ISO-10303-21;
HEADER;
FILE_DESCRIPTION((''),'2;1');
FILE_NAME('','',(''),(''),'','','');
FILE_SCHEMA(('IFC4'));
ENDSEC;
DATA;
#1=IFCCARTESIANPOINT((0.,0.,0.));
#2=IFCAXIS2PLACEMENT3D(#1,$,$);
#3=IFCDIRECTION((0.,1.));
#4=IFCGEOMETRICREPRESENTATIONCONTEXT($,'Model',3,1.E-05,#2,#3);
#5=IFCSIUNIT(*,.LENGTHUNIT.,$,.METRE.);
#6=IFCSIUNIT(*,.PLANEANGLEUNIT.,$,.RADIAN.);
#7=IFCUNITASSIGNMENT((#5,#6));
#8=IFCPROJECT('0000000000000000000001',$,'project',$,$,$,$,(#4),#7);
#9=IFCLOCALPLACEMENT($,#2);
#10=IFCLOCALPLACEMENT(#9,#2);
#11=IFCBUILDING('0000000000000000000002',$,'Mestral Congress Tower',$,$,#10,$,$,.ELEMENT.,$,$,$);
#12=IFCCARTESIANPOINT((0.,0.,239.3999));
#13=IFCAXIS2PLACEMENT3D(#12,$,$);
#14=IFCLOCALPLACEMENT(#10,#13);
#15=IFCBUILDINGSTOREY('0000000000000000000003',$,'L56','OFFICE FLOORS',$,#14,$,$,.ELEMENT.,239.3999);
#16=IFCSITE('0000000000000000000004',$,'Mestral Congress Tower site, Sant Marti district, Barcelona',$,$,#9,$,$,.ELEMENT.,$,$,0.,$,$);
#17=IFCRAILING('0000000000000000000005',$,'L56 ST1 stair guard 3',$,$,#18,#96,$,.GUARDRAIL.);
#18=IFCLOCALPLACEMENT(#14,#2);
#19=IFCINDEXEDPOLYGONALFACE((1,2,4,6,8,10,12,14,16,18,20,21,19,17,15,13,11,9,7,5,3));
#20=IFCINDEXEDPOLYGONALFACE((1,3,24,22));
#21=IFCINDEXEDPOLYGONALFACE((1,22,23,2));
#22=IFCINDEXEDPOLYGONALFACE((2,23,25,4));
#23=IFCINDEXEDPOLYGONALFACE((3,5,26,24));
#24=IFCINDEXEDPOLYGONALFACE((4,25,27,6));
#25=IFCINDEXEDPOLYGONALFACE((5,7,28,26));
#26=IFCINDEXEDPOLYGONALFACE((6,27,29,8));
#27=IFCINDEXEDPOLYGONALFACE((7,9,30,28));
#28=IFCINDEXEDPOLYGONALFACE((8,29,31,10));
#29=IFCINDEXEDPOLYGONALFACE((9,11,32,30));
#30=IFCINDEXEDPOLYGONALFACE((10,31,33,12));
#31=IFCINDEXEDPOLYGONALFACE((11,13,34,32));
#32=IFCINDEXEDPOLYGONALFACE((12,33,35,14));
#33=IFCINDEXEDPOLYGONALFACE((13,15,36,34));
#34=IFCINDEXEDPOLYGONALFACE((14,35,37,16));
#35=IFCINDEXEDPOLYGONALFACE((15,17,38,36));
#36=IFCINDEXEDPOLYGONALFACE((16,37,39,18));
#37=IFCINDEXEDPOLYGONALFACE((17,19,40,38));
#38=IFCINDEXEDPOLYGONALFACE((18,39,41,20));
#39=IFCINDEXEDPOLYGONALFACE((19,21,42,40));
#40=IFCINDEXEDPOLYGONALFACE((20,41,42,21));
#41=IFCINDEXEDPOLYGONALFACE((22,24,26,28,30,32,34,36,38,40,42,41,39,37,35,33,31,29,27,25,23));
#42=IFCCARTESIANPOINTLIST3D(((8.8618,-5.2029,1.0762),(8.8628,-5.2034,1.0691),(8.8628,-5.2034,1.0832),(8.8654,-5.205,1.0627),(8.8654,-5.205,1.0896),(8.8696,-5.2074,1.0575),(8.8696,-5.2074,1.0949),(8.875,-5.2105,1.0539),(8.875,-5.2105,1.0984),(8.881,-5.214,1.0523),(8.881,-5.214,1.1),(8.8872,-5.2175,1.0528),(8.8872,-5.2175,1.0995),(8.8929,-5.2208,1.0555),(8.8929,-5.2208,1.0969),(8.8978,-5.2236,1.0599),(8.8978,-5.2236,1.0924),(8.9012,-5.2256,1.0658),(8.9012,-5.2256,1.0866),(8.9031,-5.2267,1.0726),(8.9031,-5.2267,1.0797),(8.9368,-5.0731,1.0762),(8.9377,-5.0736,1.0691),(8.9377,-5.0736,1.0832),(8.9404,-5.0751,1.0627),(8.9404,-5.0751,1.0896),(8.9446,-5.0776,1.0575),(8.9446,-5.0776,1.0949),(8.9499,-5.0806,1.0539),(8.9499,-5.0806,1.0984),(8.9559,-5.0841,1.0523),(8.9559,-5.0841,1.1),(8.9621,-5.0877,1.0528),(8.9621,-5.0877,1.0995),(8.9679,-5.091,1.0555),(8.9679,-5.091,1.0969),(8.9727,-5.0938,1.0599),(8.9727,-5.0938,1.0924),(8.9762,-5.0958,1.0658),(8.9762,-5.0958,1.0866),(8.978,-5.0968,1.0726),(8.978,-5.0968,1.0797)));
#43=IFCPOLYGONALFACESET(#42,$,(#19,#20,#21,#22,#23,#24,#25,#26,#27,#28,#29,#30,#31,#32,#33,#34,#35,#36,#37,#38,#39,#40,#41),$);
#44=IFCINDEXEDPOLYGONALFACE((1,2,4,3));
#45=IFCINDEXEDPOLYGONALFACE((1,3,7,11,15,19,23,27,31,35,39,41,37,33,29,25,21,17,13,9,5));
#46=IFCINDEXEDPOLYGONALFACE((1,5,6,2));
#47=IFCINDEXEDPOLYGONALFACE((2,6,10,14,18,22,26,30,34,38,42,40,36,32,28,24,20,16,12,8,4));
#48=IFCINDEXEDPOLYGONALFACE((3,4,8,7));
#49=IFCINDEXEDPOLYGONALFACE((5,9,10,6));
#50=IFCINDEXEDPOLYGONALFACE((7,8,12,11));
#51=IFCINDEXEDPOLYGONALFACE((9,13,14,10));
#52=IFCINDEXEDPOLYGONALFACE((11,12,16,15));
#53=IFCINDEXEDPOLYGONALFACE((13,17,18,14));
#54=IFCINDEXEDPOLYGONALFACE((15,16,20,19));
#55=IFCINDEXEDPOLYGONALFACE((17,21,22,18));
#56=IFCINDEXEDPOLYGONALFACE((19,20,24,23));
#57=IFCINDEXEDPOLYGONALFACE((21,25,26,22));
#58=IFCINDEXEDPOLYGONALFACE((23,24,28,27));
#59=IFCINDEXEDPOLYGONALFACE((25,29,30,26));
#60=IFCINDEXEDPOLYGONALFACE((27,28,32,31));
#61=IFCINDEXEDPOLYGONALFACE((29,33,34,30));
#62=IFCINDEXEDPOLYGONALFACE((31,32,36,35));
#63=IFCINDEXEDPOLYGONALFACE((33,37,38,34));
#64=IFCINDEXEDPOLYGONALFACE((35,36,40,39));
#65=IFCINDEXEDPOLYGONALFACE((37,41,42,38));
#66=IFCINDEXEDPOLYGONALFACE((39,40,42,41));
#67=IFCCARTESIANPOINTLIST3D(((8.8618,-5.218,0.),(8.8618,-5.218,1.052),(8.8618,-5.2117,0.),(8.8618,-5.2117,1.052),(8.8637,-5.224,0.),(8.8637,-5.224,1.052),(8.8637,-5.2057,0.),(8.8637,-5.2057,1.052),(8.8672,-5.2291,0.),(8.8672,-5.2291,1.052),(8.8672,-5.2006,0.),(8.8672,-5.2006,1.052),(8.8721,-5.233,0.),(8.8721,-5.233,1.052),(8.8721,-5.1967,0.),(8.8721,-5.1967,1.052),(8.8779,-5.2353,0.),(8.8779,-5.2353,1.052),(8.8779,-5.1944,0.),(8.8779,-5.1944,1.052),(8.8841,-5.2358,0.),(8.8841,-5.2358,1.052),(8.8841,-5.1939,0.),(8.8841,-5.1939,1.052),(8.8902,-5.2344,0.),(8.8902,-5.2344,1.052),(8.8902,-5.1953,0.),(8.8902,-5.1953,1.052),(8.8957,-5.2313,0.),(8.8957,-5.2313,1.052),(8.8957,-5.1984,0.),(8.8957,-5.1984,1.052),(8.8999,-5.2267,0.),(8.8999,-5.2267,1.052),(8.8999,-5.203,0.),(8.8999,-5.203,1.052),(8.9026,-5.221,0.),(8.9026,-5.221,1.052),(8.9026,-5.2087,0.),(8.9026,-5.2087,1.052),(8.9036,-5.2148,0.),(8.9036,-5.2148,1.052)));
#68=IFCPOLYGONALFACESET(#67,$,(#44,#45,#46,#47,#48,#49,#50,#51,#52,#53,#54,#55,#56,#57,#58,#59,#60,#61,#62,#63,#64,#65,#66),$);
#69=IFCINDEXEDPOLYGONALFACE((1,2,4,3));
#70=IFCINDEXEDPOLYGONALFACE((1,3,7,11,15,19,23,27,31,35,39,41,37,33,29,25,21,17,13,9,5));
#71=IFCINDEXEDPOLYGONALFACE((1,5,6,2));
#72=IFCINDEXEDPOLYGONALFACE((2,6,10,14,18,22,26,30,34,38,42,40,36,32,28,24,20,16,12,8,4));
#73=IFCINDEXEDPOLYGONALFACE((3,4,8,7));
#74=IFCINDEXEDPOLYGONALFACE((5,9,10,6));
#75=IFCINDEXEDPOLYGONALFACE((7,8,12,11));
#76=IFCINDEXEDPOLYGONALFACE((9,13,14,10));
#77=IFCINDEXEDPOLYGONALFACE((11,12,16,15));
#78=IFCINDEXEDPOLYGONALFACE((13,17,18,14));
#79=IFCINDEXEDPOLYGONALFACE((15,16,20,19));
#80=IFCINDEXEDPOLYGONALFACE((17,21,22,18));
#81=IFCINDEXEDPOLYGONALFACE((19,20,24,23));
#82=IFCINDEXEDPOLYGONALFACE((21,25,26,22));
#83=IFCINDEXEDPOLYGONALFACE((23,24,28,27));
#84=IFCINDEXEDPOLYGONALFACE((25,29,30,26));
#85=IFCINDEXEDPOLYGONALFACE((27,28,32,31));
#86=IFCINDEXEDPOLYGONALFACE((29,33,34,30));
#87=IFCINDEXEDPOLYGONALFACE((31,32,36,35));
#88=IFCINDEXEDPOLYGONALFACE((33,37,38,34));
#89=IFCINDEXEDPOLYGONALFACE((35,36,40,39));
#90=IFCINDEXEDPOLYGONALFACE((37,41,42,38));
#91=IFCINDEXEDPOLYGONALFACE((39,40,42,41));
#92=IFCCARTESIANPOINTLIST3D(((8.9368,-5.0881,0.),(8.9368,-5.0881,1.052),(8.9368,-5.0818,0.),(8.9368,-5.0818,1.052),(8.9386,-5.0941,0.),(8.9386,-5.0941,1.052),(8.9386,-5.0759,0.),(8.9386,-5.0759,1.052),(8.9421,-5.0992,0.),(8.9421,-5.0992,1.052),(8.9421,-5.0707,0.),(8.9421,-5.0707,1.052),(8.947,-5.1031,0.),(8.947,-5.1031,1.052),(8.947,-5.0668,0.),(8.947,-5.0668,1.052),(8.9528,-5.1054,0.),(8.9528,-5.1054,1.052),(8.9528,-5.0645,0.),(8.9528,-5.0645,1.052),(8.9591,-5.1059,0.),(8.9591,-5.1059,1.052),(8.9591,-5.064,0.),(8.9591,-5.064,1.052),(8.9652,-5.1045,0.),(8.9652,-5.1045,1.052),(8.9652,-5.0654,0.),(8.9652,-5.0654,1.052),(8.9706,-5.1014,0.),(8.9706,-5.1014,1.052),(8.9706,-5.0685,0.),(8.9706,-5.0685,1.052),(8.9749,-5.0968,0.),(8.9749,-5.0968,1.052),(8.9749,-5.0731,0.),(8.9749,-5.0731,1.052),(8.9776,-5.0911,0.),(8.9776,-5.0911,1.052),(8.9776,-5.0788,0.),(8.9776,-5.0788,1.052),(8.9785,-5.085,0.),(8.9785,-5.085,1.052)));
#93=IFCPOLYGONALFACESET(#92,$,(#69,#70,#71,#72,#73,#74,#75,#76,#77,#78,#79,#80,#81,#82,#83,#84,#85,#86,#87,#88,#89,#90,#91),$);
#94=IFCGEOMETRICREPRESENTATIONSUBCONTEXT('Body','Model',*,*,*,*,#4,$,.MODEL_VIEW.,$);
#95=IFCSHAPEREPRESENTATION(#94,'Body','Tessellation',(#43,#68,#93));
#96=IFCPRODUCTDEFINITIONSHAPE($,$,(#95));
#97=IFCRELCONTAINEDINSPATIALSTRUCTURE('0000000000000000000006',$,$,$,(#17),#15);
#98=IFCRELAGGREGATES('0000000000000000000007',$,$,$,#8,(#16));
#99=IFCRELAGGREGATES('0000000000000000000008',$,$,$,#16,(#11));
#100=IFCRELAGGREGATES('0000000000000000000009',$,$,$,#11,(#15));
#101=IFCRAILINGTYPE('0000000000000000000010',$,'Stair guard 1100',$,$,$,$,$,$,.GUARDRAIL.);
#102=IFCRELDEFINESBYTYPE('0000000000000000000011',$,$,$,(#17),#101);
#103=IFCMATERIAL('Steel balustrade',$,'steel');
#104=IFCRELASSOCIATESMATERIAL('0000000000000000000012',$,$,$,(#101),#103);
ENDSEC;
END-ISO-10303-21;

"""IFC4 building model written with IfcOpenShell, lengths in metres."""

from ifc_helpers import new_model, si_unit, direction, frame, origin, origin_2d, place, context, subcontext, project, spatial, circle, extrude, material, type_object, element, save


model = new_model("IFC4")

# Units and contexts
model_context = context("Model", 3, precision=1e-05, world=origin(), true_north=direction((0.0, 1.0)))
body_context = subcontext(model_context, "Body", "Model", "MODEL_VIEW")
ifc_project = project(units=[si_unit("LENGTHUNIT", "METRE"), si_unit("PLANEANGLEUNIT", "RADIAN")], contexts=[model_context])

# Site, building, storey
site_placement = place(None, origin())
site = spatial("IfcSite", under=ifc_project, at=site_placement, Name="Mestral Congress Tower site, Sant Marti district, Barcelona", CompositionType="ELEMENT", RefElevation=0.0)
building_placement = place(site_placement, origin())
building = spatial("IfcBuilding", under=site, at=building_placement, Name="Mestral Congress Tower", CompositionType="ELEMENT")
storey_placement = place(building_placement, frame((0.0, 0.0, 239.3999)))
storey = spatial("IfcBuildingStorey", under=building, at=storey_placement, Name="L56", Description="OFFICE FLOORS", CompositionType="ELEMENT", Elevation=239.3999)

# Railing
ifc_material_1 = material(Name="Steel balustrade", Category="steel")
railing_type_1 = type_object("IfcRailingType", Name="Stair guard 1100", PredefinedType="GUARDRAIL", material=ifc_material_1)
railing_1_placement = place(storey_placement, frame((8.8826, -5.2148, 0.0)))
element("IfcRailing", 1, at=railing_1_placement, inside=storey, type_object=railing_type_1, Name="L56 ST1 stair guard 3", PredefinedType="GUARDRAIL", context=body_context, shape_type="SweptSolid", body=[
    extrude(circle(Radius=0.0239, at=origin_2d()), frame((0.0, 0.0, 1.0762), z_axis=(0.499816, 0.866131, 0.0), x_axis=(-0.866131, 0.499816, 0.0)), (0.0, 0.0, 1.0), 0.1499),
    extrude(circle(Radius=0.021, at=origin_2d()), origin(), (0.0, 0.0, 1.0), 1.052),
    extrude(circle(Radius=0.021, at=origin_2d()), frame((0.075, 0.1299, 0.0)), (0.0, 0.0, 1.0), 1.052),
])

save(model, "model.ifc")
